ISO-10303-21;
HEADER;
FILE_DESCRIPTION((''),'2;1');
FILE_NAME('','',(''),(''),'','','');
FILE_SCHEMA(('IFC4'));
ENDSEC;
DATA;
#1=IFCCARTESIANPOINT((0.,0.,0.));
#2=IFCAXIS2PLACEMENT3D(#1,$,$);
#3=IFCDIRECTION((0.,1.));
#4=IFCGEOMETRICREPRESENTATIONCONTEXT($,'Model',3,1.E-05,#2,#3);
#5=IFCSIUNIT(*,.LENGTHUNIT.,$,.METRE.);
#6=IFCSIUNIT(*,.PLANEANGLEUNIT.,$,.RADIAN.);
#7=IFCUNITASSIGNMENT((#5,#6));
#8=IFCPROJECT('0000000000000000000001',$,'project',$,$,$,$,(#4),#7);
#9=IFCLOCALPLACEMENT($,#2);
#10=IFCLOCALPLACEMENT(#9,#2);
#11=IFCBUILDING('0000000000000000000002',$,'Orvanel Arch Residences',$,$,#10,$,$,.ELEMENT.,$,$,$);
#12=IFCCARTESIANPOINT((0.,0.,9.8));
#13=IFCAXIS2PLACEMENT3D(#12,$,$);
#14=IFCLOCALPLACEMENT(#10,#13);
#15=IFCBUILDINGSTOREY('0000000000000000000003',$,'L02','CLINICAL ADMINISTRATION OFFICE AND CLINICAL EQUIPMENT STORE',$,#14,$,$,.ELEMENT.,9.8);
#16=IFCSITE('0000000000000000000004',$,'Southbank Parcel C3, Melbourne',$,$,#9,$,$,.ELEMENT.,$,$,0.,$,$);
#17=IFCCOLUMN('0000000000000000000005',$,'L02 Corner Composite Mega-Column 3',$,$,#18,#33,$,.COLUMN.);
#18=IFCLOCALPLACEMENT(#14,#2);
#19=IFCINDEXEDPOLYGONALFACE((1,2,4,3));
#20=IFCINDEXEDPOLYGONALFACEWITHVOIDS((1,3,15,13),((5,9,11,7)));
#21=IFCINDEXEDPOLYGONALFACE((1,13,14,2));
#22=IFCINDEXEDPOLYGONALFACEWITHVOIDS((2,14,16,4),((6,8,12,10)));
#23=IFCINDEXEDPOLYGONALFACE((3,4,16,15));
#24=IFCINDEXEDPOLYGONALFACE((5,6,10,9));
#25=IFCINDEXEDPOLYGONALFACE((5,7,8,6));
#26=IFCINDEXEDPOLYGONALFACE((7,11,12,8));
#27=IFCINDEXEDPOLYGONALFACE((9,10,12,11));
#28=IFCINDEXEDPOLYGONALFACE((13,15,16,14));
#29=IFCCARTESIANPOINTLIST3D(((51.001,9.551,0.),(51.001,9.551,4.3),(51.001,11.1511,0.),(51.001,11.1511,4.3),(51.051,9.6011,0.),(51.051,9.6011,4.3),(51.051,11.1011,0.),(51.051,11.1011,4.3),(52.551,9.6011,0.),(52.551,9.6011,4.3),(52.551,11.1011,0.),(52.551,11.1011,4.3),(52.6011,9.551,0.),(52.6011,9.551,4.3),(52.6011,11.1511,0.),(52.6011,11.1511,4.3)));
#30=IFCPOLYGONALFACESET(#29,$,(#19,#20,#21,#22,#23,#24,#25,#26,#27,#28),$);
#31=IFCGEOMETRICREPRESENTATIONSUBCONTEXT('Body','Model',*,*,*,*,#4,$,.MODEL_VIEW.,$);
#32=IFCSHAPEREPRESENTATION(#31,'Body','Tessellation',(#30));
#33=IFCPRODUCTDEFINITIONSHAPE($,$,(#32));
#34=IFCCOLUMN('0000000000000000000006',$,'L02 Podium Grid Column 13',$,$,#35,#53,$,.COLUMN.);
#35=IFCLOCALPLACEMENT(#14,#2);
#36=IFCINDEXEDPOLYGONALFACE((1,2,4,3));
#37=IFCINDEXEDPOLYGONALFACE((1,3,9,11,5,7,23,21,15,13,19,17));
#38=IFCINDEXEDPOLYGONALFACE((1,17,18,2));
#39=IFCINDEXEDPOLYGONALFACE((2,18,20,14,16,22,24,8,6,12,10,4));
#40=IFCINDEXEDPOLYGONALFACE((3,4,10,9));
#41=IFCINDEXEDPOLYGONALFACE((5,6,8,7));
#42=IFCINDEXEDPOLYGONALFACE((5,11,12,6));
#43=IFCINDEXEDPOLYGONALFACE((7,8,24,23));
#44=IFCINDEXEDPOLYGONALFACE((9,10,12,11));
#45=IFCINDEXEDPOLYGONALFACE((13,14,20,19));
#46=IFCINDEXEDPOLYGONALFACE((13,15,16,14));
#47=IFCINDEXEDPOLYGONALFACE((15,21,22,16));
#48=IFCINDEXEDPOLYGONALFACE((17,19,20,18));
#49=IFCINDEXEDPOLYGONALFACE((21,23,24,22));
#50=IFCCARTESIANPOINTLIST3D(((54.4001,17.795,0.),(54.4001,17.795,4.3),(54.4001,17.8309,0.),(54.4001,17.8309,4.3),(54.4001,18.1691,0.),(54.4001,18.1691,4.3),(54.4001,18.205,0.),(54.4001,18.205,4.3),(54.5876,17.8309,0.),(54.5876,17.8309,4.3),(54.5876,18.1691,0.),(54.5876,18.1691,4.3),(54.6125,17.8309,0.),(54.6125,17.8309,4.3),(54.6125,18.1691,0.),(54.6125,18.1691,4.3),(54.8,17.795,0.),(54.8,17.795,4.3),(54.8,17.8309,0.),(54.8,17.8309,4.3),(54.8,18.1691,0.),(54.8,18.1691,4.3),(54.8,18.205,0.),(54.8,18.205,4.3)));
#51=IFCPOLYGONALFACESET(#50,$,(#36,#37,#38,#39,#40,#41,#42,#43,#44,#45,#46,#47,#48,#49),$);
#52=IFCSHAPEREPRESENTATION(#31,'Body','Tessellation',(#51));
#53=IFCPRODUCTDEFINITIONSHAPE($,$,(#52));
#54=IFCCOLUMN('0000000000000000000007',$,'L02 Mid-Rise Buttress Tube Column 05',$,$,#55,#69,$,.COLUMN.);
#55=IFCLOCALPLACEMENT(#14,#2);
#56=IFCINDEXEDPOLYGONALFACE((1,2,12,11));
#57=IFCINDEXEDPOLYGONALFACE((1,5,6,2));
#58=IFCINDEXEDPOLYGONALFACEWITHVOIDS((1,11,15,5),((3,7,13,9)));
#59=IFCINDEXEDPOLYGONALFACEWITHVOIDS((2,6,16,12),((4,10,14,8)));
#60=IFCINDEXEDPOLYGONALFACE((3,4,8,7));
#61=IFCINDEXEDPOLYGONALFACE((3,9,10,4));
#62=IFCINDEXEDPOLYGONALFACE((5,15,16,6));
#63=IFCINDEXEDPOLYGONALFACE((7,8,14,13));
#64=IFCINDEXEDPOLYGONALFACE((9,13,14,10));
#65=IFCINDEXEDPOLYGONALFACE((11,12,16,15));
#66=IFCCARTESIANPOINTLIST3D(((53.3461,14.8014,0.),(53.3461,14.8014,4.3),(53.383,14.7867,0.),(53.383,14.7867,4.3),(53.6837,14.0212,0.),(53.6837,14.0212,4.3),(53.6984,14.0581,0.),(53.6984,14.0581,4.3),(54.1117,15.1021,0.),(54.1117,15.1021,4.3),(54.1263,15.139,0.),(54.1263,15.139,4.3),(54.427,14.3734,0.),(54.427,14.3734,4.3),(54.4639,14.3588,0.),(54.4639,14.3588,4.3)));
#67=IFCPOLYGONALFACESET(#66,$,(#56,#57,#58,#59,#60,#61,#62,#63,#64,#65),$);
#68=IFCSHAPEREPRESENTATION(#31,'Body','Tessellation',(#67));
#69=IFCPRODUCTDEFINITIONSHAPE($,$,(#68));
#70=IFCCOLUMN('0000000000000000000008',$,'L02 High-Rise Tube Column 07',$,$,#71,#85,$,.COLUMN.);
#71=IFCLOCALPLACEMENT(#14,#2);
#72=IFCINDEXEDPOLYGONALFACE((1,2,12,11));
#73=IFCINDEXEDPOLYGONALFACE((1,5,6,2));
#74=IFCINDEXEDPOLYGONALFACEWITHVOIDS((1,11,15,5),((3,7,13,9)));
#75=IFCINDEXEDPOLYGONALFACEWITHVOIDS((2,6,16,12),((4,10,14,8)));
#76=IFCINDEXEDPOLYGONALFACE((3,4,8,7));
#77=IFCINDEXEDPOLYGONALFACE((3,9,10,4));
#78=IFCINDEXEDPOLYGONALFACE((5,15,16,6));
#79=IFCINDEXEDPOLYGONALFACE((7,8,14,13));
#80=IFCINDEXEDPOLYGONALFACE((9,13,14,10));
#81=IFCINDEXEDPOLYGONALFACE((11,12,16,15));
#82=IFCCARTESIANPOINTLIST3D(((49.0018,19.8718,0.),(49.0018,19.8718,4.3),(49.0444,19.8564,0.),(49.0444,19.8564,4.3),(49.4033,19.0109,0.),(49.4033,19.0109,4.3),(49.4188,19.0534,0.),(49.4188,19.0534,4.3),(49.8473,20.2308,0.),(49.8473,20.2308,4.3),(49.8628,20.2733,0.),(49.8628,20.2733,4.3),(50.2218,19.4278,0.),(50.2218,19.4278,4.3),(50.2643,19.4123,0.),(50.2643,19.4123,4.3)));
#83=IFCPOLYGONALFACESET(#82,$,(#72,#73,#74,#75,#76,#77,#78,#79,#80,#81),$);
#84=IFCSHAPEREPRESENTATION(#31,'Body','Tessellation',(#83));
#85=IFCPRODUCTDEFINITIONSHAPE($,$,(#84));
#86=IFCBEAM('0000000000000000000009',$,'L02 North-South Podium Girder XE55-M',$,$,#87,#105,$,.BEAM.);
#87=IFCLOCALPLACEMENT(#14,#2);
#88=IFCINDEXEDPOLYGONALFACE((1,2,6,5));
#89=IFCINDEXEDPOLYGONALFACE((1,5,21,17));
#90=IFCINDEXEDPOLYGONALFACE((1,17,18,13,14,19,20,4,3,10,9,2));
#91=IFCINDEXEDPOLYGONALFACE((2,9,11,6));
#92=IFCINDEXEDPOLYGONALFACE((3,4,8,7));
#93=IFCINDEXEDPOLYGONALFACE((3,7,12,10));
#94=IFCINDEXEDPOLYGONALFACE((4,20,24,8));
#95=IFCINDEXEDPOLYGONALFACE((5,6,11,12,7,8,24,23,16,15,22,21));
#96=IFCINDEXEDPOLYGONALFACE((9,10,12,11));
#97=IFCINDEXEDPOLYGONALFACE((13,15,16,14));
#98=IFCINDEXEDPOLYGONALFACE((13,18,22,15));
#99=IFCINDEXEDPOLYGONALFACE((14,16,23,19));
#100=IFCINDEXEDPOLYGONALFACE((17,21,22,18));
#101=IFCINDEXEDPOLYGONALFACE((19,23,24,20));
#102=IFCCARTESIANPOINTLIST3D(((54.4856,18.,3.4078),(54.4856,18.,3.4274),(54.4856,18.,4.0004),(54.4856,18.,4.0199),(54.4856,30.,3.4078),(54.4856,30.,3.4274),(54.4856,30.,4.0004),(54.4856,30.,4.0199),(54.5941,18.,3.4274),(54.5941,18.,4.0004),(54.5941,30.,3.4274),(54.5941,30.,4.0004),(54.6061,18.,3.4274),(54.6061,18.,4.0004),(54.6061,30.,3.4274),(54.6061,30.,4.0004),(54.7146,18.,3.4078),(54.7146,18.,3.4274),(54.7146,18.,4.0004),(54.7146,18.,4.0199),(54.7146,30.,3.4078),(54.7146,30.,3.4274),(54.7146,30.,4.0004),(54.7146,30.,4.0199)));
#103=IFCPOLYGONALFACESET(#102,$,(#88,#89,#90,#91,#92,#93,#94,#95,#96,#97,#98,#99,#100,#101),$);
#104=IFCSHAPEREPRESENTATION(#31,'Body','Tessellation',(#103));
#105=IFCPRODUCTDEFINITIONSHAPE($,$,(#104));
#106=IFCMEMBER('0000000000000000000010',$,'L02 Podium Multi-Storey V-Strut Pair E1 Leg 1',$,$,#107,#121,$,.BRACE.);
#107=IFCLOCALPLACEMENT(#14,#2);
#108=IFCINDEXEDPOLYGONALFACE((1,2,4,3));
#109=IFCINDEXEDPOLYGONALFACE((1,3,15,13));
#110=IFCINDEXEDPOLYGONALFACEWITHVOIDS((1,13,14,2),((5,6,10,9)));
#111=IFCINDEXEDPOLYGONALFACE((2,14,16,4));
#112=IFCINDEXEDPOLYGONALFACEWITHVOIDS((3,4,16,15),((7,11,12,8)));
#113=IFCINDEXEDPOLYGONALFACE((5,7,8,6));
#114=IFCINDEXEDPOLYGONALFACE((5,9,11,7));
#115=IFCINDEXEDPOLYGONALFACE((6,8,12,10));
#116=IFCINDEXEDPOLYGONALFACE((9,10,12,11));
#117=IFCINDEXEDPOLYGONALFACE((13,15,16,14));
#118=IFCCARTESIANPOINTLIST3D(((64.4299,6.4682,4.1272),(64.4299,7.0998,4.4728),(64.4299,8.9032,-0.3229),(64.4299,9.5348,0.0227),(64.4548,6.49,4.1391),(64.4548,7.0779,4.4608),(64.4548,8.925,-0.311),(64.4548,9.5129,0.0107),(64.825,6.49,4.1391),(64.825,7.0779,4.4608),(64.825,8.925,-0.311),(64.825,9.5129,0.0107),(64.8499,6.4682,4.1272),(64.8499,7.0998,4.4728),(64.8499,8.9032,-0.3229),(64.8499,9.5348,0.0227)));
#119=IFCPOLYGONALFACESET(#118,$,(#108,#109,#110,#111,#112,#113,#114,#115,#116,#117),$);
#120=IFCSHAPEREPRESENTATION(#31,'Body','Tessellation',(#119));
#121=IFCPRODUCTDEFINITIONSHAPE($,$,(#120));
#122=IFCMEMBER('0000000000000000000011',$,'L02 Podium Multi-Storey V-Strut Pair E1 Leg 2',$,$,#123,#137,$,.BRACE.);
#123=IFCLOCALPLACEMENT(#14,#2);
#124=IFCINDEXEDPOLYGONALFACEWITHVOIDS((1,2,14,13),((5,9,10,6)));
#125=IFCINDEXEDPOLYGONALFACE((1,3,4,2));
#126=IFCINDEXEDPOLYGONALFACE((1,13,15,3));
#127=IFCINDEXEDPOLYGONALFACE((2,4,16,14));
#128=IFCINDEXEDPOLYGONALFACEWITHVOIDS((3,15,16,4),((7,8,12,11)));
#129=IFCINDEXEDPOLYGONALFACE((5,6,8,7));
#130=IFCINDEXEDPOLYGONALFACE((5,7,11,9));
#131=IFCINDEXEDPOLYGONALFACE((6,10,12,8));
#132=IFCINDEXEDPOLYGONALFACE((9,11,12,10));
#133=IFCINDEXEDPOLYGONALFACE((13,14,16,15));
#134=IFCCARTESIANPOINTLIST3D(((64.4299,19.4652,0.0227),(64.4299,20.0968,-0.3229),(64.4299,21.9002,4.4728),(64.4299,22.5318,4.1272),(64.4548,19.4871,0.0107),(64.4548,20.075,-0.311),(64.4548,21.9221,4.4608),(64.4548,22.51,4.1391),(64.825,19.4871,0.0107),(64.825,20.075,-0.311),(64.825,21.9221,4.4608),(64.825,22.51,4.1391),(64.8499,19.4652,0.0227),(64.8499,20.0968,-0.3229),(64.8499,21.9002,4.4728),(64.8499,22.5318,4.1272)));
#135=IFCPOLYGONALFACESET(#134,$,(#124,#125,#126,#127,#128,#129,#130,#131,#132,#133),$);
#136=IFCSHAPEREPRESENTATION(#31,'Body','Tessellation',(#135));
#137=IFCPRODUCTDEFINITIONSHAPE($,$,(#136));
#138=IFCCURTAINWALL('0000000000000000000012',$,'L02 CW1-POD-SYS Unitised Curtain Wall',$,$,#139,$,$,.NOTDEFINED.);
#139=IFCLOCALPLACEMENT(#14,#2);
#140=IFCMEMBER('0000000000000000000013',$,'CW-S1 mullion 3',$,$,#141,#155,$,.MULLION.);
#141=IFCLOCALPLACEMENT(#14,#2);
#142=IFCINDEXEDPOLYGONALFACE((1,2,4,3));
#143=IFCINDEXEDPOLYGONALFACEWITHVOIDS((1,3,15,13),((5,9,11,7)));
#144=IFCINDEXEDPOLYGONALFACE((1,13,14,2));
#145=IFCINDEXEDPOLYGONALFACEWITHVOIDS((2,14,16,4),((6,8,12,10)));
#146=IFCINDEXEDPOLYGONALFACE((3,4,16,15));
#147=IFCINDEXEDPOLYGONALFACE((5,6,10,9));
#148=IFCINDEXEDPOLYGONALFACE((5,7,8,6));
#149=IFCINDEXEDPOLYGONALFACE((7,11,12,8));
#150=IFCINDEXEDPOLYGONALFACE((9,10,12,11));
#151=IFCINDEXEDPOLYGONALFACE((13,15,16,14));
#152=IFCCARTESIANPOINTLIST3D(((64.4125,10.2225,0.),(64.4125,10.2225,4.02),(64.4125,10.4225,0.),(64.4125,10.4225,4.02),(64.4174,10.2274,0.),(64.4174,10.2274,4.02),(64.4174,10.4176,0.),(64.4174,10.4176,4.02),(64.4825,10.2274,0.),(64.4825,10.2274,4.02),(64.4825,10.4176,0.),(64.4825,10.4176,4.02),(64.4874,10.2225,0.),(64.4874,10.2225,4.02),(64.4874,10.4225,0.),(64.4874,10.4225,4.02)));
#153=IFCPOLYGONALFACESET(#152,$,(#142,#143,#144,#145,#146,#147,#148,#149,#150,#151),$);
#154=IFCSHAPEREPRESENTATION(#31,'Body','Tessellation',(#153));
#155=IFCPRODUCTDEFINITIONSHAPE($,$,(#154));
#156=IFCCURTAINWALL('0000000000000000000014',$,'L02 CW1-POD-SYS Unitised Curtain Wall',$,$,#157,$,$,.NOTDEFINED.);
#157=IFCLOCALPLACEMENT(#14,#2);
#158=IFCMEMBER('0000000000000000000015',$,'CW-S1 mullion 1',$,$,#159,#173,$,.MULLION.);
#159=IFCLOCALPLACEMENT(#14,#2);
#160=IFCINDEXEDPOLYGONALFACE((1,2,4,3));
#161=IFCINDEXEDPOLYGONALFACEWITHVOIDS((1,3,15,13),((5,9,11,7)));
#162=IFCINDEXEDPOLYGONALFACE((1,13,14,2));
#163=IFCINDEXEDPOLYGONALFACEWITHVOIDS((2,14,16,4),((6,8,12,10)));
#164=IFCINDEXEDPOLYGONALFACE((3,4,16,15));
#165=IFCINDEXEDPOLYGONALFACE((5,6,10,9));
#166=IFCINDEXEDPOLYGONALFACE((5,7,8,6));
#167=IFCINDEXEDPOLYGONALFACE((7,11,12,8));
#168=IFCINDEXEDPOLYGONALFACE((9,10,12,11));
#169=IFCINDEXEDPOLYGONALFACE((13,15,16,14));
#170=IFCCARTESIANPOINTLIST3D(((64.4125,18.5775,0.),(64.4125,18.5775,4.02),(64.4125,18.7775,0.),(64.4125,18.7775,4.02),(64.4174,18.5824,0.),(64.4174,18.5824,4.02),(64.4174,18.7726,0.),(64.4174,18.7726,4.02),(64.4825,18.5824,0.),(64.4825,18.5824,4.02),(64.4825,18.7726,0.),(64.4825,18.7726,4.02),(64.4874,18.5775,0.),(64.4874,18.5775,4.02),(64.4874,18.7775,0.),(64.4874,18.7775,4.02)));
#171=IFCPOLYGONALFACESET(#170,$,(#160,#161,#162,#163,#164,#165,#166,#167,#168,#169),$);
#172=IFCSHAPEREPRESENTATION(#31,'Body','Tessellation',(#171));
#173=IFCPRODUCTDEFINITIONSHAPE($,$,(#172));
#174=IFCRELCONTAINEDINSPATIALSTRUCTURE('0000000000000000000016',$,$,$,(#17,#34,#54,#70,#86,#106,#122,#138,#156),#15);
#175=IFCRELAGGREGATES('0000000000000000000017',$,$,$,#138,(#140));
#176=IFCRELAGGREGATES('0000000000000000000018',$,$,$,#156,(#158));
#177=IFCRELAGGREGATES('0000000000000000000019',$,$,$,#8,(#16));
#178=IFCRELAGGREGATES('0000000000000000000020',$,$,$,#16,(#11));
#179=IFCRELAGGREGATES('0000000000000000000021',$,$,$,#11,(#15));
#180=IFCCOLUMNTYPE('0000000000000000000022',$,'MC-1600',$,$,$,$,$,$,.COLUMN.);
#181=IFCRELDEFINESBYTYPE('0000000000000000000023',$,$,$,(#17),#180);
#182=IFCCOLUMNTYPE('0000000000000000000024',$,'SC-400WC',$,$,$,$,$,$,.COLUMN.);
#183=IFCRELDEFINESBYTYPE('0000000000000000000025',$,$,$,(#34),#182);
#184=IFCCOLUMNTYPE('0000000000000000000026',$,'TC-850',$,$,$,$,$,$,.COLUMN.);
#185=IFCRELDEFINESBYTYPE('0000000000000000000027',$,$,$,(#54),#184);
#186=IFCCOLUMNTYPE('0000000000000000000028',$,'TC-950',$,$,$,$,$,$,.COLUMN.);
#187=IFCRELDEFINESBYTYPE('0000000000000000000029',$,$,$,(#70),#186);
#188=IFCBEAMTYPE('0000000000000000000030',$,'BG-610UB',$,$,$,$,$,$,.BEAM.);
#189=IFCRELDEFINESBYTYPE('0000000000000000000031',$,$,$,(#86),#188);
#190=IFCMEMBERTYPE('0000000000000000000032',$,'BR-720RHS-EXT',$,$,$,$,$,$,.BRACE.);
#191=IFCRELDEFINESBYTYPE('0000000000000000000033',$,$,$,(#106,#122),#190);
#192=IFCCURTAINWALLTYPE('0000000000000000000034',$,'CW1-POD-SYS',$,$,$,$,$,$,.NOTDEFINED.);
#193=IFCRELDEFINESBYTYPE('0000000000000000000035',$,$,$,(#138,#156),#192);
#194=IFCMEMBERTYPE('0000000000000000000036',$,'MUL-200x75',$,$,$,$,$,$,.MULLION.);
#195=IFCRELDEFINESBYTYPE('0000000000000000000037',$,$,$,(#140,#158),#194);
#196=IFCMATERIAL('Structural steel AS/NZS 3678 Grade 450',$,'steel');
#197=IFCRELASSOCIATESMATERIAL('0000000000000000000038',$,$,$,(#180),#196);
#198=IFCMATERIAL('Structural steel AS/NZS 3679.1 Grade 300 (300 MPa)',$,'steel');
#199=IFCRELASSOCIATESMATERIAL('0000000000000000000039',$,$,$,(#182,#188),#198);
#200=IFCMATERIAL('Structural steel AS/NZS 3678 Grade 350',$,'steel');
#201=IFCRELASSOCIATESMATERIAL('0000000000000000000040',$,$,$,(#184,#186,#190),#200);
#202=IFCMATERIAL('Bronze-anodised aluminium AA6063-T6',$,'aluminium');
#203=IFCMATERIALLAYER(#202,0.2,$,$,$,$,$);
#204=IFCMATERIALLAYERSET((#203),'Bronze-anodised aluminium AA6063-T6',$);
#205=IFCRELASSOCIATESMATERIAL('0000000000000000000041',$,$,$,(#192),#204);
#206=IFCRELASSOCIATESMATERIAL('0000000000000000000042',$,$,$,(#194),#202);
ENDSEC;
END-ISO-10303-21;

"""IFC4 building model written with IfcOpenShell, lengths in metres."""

from ifc_helpers import new_model, si_unit, direction, frame, origin, origin_2d, place, context, subcontext, project, spatial, hollow_rectangle, i_section, extrude, material, layer, layer_set, material_profile, profile_set, type_object, element, aggregate, save


model = new_model("IFC4")

# Units and contexts
model_context = context("Model", 3, precision=1e-05, world=origin(), true_north=direction((0.0, 1.0)))
body_context = subcontext(model_context, "Body", "Model", "MODEL_VIEW")
ifc_project = project(units=[si_unit("LENGTHUNIT", "METRE"), si_unit("PLANEANGLEUNIT", "RADIAN")], contexts=[model_context])

# Site, building, storey
site_placement = place(None, origin())
site = spatial("IfcSite", under=ifc_project, at=site_placement, Name="Southbank Parcel C3, Melbourne", CompositionType="ELEMENT", RefElevation=0.0)
building_placement = place(site_placement, origin())
building = spatial("IfcBuilding", under=site, at=building_placement, Name="Orvanel Arch Residences", CompositionType="ELEMENT")
storey_placement = place(building_placement, frame((0.0, 0.0, 9.8)))
storey = spatial("IfcBuildingStorey", under=building, at=storey_placement, Name="L02", Description="CLINICAL ADMINISTRATION OFFICE AND CLINICAL EQUIPMENT STORE", CompositionType="ELEMENT", Elevation=9.8)

# Columns
ifc_material_1 = material(Name="Structural steel AS/NZS 3678 Grade 450", Category="steel")
ifc_material_profile_1 = material_profile(ifc_material_1, hollow_rectangle(XDim=1.6001, YDim=1.6001, WallThickness=0.05, at=origin_2d()), Name="BOX1600x1600x50")
ifc_profile_set_1 = profile_set([ifc_material_profile_1], Name="Structural steel AS/NZS 3678 Grade 450")
column_type_1 = type_object("IfcColumnType", Name="MC-1600", PredefinedType="COLUMN", material=ifc_profile_set_1)
column_1_placement = place(storey_placement, frame((51.801, 10.3511, 0.0), z_axis=(0.0, 0.0, 1.0), x_axis=(1.0, 0.0, 0.0)))
element("IfcColumn", 1, at=column_1_placement, inside=storey, type_object=column_type_1, Name="L02 Corner Composite Mega-Column 3", PredefinedType="COLUMN", context=body_context, shape_type="SweptSolid", body=[
    extrude(hollow_rectangle(XDim=1.6001, YDim=1.6001, WallThickness=0.05, at=origin_2d()), origin(), (0.0, 0.0, 1.0), 4.3),
])
ifc_material_2 = material(Name="Structural steel AS/NZS 3679.1 Grade 300 (300 MPa)", Category="steel")
ifc_material_profile_2 = material_profile(ifc_material_2, i_section(OverallWidth=0.3999, OverallDepth=0.4099, WebThickness=0.0249, FlangeThickness=0.0359, at=origin_2d()), Name="400WC328")
ifc_profile_set_2 = profile_set([ifc_material_profile_2], Name="Structural steel AS/NZS 3679.1 Grade 300 (300 MPa)")
column_type_2 = type_object("IfcColumnType", Name="SC-400WC", PredefinedType="COLUMN", material=ifc_profile_set_2)
column_2_placement = place(storey_placement, frame((54.6001, 18.0, 0.0), z_axis=(0.0, 0.0, 1.0), x_axis=(1.0, 0.0, 0.0)))
element("IfcColumn", 2, at=column_2_placement, inside=storey, type_object=column_type_2, Name="L02 Podium Grid Column 13", PredefinedType="COLUMN", context=body_context, shape_type="SweptSolid", body=[
    extrude(i_section(OverallWidth=0.3999, OverallDepth=0.4099, WebThickness=0.0249, FlangeThickness=0.0359, at=origin_2d()), origin(), (0.0, 0.0, 1.0), 4.3),
])
ifc_material_3 = material(Name="Structural steel AS/NZS 3678 Grade 350", Category="steel")
ifc_material_profile_3 = material_profile(ifc_material_3, hollow_rectangle(XDim=0.8501, YDim=0.8501, WallThickness=0.0281, at=origin_2d()), Name="BOX850x850x28")
ifc_profile_set_3 = profile_set([ifc_material_profile_3], Name="Structural steel AS/NZS 3678 Grade 350")
column_type_3 = type_object("IfcColumnType", Name="TC-850", PredefinedType="COLUMN", material=ifc_profile_set_3)
column_3_placement = place(storey_placement, frame((53.905, 14.5801, 0.0), z_axis=(0.0, 0.0, 1.0), x_axis=(-0.397148, 0.917755, 0.0)))
element("IfcColumn", 3, at=column_3_placement, inside=storey, type_object=column_type_3, Name="L02 Mid-Rise Buttress Tube Column 05", PredefinedType="COLUMN", context=body_context, shape_type="SweptSolid", body=[
    extrude(hollow_rectangle(XDim=0.8501, YDim=0.8501, WallThickness=0.0281, at=origin_2d()), origin(), (0.0, 0.0, 1.0), 4.3),
])
ifc_material_profile_4 = material_profile(ifc_material_3, hollow_rectangle(XDim=0.95, YDim=0.95, WallThickness=0.032, at=origin_2d()), Name="BOX950x950x32")
ifc_profile_set_4 = profile_set([ifc_material_profile_4], Name="Structural steel AS/NZS 3678 Grade 350")
column_type_4 = type_object("IfcColumnType", Name="TC-950", PredefinedType="COLUMN", material=ifc_profile_set_4)
column_4_placement = place(storey_placement, frame((49.6331, 19.6421, 0.0), z_axis=(0.0, 0.0, 1.0), x_axis=(-0.422618, 0.906308, 0.0)))
element("IfcColumn", 4, at=column_4_placement, inside=storey, type_object=column_type_4, Name="L02 High-Rise Tube Column 07", PredefinedType="COLUMN", context=body_context, shape_type="SweptSolid", body=[
    extrude(hollow_rectangle(XDim=0.95, YDim=0.95, WallThickness=0.032, at=origin_2d()), origin(), (0.0, 0.0, 1.0), 4.3),
])

# Beam
ifc_material_profile_5 = material_profile(ifc_material_2, i_section(OverallWidth=0.229, OverallDepth=0.6121, WebThickness=0.012, FlangeThickness=0.0195, at=origin_2d()), Name="610UB125")
ifc_profile_set_5 = profile_set([ifc_material_profile_5], Name="Structural steel AS/NZS 3679.1 Grade 300 (300 MPa)")
beam_type = type_object("IfcBeamType", Name="BG-610UB", PredefinedType="BEAM", material=ifc_profile_set_5)
beam_placement = place(storey_placement, frame((54.6001, 18.0, 3.7139), z_axis=(0.0, 1.0, 0.0), x_axis=(-1.0, 0.0, 0.0)))
element("IfcBeam", 5, at=beam_placement, inside=storey, type_object=beam_type, Name="L02 North-South Podium Girder XE55-M", PredefinedType="BEAM", context=body_context, shape_type="SweptSolid", body=[
    extrude(i_section(OverallWidth=0.229, OverallDepth=0.6121, WebThickness=0.012, FlangeThickness=0.0195, at=origin_2d()), origin(), (0.0, 0.0, 1.0), 12.0),
])

# Members
ifc_material_profile_6 = material_profile(ifc_material_3, hollow_rectangle(XDim=0.4199, YDim=0.72, WallThickness=0.0249, at=origin_2d()), Name="RHS720x420x25")
ifc_profile_set_6 = profile_set([ifc_material_profile_6], Name="Structural steel AS/NZS 3678 Grade 350")
member_type_1 = type_object("IfcMemberType", Name="BR-720RHS-EXT", PredefinedType="BRACE", material=ifc_profile_set_6)
for number, where, z_axis, x_axis, name in (
    (6, (64.6399, 9.219, -0.1501), (0.0, -0.480018, 0.877258), (1.0, 0.0, 0.0), "L02 Podium Multi-Storey V-Strut Pair E1 Leg 1"),
    (7, (64.6399, 19.781, -0.1501), (0.0, 0.480018, 0.877258), (-1.0, 0.0, 0.0), "L02 Podium Multi-Storey V-Strut Pair E1 Leg 2"),
):
    element("IfcMember", number, at=place(storey_placement, frame(where, z_axis=z_axis, x_axis=x_axis)), inside=storey, type_object=member_type_1, Name=name, PredefinedType="BRACE", context=body_context, shape_type="SweptSolid", body=[
        extrude(hollow_rectangle(XDim=0.4199, YDim=0.72, WallThickness=0.0249, at=origin_2d()), origin(), (0.0, 0.0, 1.0), 5.0728),
    ])

# Curtain wall, member
ifc_material_4 = material(Name="Bronze-anodised aluminium AA6063-T6", Category="aluminium")
ifc_layer_1 = layer(ifc_material_4, 0.2)
ifc_layer_set_1 = layer_set([ifc_layer_1], Name="Bronze-anodised aluminium AA6063-T6")
curtain_wall_type = type_object("IfcCurtainWallType", Name="CW1-POD-SYS", PredefinedType="NOTDEFINED", material=ifc_layer_set_1)
curtain_wall_1_placement = place(storey_placement, origin())
curtain_wall_1 = element("IfcCurtainWall", 8, at=curtain_wall_1_placement, inside=storey, type_object=curtain_wall_type, Name="L02 CW1-POD-SYS Unitised Curtain Wall", PredefinedType="NOTDEFINED")
ifc_material_profile_7 = material_profile(ifc_material_4, hollow_rectangle(XDim=0.075, YDim=0.2, WallThickness=0.0049, at=origin_2d()), Name="ALU200x75x5")
ifc_profile_set_7 = profile_set([ifc_material_profile_7], Name="Bronze-anodised aluminium AA6063-T6")
member_type_2 = type_object("IfcMemberType", Name="MUL-200x75", PredefinedType="MULLION", material=ifc_profile_set_7)
member_1_placement = place(storey_placement, frame((64.45, 10.3225, 0.0), z_axis=(0.0, 0.0, 1.0), x_axis=(-1.0, 0.0, 0.0)))
member_1 = element("IfcMember", 9, at=member_1_placement, type_object=member_type_2, Name="CW-S1 mullion 3", PredefinedType="MULLION", context=body_context, shape_type="SweptSolid", body=[
    extrude(hollow_rectangle(XDim=0.075, YDim=0.2, WallThickness=0.0049, at=origin_2d()), origin(), (0.0, 0.0, 1.0), 4.02),
])
aggregate(curtain_wall_1, [member_1])

# Curtain wall, member
curtain_wall_2_placement = place(storey_placement, origin())
curtain_wall_2 = element("IfcCurtainWall", 10, at=curtain_wall_2_placement, inside=storey, type_object=curtain_wall_type, Name="L02 CW1-POD-SYS Unitised Curtain Wall", PredefinedType="NOTDEFINED")
member_2_placement = place(storey_placement, frame((64.45, 18.6775, 0.0), z_axis=(0.0, 0.0, 1.0), x_axis=(-1.0, 0.0, 0.0)))
member_2 = element("IfcMember", 11, at=member_2_placement, type_object=member_type_2, Name="CW-S1 mullion 1", PredefinedType="MULLION", context=body_context, shape_type="SweptSolid", body=[
    extrude(hollow_rectangle(XDim=0.075, YDim=0.2, WallThickness=0.0049, at=origin_2d()), origin(), (0.0, 0.0, 1.0), 4.02),
])
aggregate(curtain_wall_2, [member_2])

save(model, "model.ifc")
